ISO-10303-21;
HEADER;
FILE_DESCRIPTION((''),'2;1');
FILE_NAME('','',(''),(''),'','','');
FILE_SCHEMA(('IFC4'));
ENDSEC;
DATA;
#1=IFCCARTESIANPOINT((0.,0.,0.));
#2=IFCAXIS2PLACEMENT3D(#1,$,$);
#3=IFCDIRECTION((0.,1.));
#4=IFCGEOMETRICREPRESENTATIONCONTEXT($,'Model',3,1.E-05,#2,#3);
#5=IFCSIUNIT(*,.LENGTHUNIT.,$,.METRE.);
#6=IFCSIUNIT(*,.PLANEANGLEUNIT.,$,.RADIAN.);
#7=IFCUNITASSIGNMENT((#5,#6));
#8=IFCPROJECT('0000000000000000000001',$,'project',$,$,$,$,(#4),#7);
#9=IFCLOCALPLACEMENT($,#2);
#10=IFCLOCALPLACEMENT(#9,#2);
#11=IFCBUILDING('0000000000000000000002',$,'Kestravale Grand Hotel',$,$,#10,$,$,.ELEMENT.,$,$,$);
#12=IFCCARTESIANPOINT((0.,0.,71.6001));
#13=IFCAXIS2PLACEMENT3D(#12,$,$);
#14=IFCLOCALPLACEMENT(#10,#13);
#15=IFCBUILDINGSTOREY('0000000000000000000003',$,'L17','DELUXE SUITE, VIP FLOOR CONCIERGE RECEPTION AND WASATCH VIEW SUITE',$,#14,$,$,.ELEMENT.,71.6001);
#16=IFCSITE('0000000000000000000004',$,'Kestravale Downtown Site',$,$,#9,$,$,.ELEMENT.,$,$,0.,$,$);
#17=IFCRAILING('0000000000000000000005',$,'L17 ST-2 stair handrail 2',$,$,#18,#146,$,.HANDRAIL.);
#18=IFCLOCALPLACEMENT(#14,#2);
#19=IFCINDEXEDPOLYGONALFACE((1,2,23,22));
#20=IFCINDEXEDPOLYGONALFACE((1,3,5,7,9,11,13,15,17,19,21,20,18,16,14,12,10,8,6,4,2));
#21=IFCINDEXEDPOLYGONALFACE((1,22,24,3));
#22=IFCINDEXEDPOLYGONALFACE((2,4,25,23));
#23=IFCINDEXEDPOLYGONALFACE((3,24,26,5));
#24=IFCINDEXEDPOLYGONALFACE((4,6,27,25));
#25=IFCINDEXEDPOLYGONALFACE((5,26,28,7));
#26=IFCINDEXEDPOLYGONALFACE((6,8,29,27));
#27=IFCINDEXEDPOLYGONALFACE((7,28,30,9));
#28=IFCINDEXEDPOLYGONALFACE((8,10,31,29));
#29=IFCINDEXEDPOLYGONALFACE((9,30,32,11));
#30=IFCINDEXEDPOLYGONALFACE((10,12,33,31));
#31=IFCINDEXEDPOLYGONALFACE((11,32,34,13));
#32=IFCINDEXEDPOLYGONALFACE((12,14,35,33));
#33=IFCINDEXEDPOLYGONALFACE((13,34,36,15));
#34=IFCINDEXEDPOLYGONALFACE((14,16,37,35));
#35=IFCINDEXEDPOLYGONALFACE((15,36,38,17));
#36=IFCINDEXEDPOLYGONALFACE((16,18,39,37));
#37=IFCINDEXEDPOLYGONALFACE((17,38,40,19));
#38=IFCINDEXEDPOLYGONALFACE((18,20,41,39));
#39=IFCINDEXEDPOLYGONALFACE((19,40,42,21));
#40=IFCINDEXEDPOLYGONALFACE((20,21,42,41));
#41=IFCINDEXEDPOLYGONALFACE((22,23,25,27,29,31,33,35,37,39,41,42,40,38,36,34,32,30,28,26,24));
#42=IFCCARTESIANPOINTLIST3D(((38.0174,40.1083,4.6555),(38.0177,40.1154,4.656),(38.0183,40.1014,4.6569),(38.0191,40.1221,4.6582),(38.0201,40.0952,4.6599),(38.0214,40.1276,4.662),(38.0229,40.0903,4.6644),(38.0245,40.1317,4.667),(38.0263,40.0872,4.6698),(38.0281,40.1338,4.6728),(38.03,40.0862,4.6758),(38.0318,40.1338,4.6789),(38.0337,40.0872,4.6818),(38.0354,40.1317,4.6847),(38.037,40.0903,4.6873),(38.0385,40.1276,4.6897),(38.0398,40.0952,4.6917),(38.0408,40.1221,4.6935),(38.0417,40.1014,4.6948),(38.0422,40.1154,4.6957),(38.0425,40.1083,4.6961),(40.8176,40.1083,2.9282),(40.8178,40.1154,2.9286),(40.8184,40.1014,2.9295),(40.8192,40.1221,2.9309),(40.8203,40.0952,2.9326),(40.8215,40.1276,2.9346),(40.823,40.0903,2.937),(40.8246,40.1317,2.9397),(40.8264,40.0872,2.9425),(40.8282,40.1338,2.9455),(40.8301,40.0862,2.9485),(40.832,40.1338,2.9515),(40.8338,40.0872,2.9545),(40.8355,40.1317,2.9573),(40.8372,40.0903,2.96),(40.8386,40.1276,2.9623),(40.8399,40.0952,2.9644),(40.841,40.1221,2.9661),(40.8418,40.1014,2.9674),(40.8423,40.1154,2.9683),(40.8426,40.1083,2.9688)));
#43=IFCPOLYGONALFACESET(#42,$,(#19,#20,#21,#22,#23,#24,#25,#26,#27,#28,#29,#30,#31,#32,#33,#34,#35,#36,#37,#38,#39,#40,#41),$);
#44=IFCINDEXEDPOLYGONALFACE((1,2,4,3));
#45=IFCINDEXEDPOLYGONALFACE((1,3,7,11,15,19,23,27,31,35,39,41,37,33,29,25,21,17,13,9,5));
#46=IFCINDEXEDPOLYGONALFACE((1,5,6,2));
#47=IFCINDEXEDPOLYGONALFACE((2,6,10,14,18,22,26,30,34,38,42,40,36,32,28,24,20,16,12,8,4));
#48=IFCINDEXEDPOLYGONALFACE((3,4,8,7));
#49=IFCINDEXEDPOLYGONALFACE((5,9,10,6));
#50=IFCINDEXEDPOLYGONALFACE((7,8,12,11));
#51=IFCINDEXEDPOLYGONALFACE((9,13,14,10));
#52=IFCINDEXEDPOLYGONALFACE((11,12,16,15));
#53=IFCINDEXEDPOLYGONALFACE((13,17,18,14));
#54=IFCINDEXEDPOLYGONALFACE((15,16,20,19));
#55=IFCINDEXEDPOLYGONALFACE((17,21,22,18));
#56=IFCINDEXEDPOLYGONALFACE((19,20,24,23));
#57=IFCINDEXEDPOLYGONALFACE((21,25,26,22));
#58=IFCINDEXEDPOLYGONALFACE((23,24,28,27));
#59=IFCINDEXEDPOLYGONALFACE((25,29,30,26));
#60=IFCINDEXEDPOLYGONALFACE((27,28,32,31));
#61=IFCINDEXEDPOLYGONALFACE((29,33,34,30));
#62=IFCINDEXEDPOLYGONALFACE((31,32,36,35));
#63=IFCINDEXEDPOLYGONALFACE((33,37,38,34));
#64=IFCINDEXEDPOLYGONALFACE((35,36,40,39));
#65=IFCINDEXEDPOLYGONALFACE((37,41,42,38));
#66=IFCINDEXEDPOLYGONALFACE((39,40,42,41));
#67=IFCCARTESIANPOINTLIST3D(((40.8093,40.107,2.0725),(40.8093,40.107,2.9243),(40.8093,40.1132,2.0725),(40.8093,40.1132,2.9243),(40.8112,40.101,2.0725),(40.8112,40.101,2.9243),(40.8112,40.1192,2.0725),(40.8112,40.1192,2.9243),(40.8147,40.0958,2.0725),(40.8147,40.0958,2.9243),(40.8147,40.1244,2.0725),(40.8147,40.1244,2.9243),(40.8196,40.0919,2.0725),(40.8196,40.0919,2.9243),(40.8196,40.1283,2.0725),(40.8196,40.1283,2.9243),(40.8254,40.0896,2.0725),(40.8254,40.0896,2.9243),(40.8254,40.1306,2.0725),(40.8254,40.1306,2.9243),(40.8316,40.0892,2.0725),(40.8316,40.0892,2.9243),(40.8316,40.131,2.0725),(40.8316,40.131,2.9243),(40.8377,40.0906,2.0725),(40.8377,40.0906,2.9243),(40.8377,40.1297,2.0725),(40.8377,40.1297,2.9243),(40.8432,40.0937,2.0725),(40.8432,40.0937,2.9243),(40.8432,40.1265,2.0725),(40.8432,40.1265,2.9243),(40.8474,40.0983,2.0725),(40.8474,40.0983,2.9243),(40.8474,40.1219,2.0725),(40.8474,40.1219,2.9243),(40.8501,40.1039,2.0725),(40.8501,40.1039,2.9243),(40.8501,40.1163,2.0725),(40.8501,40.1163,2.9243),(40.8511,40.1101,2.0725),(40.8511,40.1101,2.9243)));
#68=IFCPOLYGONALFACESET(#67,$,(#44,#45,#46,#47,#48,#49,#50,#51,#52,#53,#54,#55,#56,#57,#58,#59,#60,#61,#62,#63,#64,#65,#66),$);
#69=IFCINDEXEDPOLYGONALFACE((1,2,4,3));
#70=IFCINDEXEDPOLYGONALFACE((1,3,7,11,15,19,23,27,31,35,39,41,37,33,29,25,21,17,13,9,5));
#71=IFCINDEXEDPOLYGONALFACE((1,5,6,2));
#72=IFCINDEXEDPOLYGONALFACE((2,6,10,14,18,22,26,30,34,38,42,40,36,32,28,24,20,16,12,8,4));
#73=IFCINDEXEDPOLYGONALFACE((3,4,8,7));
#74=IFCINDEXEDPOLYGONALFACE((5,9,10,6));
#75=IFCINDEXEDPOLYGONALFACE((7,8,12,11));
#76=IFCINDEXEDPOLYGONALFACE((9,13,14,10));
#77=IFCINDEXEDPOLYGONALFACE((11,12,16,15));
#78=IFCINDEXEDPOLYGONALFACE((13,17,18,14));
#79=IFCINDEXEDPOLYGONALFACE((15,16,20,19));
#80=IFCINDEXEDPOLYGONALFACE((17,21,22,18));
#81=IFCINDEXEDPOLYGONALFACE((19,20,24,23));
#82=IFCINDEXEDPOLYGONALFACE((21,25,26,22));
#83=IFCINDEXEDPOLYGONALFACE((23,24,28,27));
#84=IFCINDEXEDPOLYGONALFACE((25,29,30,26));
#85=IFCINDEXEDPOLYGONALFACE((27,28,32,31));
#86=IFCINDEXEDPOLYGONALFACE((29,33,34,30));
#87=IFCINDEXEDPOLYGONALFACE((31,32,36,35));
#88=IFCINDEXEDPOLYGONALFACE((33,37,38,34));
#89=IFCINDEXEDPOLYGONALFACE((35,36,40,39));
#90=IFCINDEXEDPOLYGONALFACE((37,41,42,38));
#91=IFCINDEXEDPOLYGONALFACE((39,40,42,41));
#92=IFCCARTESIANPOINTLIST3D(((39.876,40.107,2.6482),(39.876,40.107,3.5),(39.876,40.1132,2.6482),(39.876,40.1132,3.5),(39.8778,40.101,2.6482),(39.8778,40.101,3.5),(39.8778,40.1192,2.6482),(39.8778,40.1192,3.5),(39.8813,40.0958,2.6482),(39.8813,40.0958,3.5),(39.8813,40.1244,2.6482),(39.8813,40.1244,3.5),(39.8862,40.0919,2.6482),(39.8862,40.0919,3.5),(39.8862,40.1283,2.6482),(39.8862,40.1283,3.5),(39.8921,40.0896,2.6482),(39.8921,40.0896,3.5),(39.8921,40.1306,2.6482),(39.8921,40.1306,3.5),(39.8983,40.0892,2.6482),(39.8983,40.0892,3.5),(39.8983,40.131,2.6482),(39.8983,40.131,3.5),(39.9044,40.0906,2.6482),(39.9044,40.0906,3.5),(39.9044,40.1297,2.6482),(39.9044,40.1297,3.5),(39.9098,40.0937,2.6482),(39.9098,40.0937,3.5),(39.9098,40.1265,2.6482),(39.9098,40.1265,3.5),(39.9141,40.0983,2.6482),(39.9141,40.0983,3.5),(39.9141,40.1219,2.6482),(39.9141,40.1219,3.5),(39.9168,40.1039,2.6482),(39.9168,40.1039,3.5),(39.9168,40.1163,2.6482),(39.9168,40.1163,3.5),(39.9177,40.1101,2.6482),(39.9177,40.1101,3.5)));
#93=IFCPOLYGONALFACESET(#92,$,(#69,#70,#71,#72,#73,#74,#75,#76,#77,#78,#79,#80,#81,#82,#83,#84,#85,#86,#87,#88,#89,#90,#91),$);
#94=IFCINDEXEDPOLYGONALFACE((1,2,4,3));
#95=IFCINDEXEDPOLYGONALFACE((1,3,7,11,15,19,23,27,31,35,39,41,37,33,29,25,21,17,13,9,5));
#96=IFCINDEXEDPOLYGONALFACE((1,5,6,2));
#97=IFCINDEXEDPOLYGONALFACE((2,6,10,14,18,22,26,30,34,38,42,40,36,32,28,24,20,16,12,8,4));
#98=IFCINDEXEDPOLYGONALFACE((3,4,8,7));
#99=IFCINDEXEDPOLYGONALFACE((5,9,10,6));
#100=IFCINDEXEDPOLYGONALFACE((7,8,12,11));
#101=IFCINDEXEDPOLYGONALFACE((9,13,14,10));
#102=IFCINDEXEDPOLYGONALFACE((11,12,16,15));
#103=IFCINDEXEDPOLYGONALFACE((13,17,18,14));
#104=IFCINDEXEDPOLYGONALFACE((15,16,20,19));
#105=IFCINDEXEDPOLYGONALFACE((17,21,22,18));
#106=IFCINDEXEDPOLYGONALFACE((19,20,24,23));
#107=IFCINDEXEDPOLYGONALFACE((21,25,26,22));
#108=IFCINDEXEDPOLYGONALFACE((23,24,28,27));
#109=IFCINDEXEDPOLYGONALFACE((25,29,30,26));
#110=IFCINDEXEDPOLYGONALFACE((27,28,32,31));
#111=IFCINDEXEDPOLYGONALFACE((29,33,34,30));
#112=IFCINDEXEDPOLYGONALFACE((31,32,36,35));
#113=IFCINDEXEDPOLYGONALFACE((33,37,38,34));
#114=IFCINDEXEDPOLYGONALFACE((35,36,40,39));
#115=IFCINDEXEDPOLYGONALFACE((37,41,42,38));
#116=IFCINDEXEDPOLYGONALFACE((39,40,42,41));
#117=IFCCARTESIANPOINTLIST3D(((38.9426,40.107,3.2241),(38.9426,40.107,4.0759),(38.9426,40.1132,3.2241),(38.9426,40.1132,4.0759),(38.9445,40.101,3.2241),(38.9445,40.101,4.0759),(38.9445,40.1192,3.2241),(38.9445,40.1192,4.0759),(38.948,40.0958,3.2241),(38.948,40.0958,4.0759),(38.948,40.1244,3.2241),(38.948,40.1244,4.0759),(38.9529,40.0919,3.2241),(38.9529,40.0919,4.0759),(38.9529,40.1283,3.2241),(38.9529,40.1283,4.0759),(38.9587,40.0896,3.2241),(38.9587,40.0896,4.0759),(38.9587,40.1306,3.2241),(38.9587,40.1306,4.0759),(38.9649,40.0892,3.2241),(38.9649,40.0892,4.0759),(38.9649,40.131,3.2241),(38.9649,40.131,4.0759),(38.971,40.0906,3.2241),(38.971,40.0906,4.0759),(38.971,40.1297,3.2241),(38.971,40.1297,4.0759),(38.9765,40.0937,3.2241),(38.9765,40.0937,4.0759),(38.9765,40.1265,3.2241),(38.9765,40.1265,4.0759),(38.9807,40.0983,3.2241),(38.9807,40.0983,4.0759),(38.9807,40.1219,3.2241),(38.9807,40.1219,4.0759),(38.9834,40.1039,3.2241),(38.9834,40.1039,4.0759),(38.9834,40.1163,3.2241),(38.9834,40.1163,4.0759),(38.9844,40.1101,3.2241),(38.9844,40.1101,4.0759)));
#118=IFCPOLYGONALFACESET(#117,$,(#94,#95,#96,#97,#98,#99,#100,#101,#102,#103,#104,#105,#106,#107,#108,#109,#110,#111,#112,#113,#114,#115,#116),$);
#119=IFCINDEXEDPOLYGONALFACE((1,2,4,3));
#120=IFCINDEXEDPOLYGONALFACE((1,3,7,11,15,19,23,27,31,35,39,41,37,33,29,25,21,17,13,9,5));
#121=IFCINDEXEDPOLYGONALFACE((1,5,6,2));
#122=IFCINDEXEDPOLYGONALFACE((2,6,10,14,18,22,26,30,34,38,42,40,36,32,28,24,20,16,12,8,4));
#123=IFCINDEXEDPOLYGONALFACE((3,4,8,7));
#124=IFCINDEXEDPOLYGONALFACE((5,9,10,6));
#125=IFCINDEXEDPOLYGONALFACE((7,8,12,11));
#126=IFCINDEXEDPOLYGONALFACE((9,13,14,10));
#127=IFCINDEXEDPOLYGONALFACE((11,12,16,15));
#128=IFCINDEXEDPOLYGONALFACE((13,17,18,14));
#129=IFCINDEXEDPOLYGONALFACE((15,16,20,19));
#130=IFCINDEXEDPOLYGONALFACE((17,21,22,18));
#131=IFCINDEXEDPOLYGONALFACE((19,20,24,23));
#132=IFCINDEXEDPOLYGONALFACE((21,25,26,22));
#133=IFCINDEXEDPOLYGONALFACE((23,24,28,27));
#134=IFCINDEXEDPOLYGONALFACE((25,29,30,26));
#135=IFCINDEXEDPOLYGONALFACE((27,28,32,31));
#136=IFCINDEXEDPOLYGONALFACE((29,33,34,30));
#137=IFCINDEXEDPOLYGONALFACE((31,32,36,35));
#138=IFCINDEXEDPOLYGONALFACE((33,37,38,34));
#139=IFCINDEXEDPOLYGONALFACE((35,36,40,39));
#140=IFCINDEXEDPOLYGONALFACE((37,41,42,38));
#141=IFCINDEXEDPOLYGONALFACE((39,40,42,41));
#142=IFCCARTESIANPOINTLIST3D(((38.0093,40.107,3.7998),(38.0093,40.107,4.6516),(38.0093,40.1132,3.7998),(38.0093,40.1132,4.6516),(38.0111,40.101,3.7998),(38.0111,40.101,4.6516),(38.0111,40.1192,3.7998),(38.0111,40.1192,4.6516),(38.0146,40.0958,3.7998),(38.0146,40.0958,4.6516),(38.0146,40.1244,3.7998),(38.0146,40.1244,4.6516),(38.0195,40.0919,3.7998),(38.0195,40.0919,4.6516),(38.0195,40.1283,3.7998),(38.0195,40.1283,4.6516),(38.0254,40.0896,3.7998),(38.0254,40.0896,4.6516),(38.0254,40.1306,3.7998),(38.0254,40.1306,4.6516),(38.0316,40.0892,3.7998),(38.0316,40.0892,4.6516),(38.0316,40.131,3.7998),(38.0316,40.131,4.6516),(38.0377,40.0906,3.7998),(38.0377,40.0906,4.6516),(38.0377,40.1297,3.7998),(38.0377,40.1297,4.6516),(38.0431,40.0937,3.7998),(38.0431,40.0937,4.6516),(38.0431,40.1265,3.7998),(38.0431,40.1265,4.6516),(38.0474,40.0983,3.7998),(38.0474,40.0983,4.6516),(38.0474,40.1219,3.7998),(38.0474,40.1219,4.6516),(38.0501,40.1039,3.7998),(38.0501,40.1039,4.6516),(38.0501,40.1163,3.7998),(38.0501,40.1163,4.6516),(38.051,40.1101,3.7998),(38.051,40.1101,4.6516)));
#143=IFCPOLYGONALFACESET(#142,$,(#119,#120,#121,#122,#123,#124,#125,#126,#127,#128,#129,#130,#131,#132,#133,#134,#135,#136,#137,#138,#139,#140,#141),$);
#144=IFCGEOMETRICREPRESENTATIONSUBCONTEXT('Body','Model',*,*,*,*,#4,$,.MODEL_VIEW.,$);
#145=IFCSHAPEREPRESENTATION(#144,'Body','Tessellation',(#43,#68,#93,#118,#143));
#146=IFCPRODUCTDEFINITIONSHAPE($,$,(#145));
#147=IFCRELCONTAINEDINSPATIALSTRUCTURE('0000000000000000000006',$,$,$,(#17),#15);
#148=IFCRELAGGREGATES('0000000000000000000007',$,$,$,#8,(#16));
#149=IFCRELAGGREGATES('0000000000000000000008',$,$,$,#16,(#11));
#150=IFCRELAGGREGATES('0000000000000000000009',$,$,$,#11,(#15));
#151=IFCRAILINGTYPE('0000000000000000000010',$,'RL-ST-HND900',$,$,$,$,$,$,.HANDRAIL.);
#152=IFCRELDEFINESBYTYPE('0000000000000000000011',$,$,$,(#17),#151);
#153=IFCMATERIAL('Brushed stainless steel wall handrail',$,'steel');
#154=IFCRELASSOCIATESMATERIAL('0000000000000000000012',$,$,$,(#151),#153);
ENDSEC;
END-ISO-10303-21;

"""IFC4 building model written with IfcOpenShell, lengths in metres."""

from ifc_helpers import new_model, si_unit, direction, frame, origin, origin_2d, place, context, subcontext, project, spatial, circle, extrude, material, type_object, element, save


model = new_model("IFC4")

# Units and contexts
model_context = context("Model", 3, precision=1e-05, world=origin(), true_north=direction((0.0, 1.0)))
body_context = subcontext(model_context, "Body", "Model", "MODEL_VIEW")
ifc_project = project(units=[si_unit("LENGTHUNIT", "METRE"), si_unit("PLANEANGLEUNIT", "RADIAN")], contexts=[model_context])

# Site, building, storey
site_placement = place(None, origin())
site = spatial("IfcSite", under=ifc_project, at=site_placement, Name="Kestravale Downtown Site", CompositionType="ELEMENT", RefElevation=0.0)
building_placement = place(site_placement, origin())
building = spatial("IfcBuilding", under=site, at=building_placement, Name="Kestravale Grand Hotel", CompositionType="ELEMENT")
storey_placement = place(building_placement, frame((0.0, 0.0, 71.6001)))
storey = spatial("IfcBuildingStorey", under=building, at=storey_placement, Name="L17", Description="DELUXE SUITE, VIP FLOOR CONCIERGE RECEPTION AND WASATCH VIEW SUITE", CompositionType="ELEMENT", Elevation=71.6001)

# Railing
ifc_material_1 = material(Name="Brushed stainless steel wall handrail", Category="steel")
railing_type_1 = type_object("IfcRailingType", Name="RL-ST-HND900", PredefinedType="HANDRAIL", material=ifc_material_1)
railing_1_placement = place(storey_placement, frame((40.8301, 40.1101, 2.0725)))
element("IfcRailing", 1, at=railing_1_placement, inside=storey, type_object=railing_type_1, Name="L17 ST-2 stair handrail 2", PredefinedType="HANDRAIL", context=body_context, shape_type="SweptSolid", body=[
    extrude(circle(Radius=0.0239, at=origin_2d()), frame((0.0, 0.0, 0.876), z_axis=(-0.85109, 0.0, 0.52502), x_axis=(0.0, -1.0, 0.0)), (0.0, 0.0, 1.0), 3.29),
    extrude(circle(Radius=0.021, at=origin_2d()), origin(), (0.0, 0.0, 1.0), 0.8518),
    extrude(circle(Radius=0.021, at=origin_2d()), frame((-0.9333, 0.0, 0.5757)), (0.0, 0.0, 1.0), 0.8518),
    extrude(circle(Radius=0.021, at=origin_2d()), frame((-1.8667, 0.0, 1.1516)), (0.0, 0.0, 1.0), 0.8518),
    extrude(circle(Radius=0.021, at=origin_2d()), frame((-2.8, 0.0, 1.7273)), (0.0, 0.0, 1.0), 0.8518),
])

save(model, "model.ifc")
